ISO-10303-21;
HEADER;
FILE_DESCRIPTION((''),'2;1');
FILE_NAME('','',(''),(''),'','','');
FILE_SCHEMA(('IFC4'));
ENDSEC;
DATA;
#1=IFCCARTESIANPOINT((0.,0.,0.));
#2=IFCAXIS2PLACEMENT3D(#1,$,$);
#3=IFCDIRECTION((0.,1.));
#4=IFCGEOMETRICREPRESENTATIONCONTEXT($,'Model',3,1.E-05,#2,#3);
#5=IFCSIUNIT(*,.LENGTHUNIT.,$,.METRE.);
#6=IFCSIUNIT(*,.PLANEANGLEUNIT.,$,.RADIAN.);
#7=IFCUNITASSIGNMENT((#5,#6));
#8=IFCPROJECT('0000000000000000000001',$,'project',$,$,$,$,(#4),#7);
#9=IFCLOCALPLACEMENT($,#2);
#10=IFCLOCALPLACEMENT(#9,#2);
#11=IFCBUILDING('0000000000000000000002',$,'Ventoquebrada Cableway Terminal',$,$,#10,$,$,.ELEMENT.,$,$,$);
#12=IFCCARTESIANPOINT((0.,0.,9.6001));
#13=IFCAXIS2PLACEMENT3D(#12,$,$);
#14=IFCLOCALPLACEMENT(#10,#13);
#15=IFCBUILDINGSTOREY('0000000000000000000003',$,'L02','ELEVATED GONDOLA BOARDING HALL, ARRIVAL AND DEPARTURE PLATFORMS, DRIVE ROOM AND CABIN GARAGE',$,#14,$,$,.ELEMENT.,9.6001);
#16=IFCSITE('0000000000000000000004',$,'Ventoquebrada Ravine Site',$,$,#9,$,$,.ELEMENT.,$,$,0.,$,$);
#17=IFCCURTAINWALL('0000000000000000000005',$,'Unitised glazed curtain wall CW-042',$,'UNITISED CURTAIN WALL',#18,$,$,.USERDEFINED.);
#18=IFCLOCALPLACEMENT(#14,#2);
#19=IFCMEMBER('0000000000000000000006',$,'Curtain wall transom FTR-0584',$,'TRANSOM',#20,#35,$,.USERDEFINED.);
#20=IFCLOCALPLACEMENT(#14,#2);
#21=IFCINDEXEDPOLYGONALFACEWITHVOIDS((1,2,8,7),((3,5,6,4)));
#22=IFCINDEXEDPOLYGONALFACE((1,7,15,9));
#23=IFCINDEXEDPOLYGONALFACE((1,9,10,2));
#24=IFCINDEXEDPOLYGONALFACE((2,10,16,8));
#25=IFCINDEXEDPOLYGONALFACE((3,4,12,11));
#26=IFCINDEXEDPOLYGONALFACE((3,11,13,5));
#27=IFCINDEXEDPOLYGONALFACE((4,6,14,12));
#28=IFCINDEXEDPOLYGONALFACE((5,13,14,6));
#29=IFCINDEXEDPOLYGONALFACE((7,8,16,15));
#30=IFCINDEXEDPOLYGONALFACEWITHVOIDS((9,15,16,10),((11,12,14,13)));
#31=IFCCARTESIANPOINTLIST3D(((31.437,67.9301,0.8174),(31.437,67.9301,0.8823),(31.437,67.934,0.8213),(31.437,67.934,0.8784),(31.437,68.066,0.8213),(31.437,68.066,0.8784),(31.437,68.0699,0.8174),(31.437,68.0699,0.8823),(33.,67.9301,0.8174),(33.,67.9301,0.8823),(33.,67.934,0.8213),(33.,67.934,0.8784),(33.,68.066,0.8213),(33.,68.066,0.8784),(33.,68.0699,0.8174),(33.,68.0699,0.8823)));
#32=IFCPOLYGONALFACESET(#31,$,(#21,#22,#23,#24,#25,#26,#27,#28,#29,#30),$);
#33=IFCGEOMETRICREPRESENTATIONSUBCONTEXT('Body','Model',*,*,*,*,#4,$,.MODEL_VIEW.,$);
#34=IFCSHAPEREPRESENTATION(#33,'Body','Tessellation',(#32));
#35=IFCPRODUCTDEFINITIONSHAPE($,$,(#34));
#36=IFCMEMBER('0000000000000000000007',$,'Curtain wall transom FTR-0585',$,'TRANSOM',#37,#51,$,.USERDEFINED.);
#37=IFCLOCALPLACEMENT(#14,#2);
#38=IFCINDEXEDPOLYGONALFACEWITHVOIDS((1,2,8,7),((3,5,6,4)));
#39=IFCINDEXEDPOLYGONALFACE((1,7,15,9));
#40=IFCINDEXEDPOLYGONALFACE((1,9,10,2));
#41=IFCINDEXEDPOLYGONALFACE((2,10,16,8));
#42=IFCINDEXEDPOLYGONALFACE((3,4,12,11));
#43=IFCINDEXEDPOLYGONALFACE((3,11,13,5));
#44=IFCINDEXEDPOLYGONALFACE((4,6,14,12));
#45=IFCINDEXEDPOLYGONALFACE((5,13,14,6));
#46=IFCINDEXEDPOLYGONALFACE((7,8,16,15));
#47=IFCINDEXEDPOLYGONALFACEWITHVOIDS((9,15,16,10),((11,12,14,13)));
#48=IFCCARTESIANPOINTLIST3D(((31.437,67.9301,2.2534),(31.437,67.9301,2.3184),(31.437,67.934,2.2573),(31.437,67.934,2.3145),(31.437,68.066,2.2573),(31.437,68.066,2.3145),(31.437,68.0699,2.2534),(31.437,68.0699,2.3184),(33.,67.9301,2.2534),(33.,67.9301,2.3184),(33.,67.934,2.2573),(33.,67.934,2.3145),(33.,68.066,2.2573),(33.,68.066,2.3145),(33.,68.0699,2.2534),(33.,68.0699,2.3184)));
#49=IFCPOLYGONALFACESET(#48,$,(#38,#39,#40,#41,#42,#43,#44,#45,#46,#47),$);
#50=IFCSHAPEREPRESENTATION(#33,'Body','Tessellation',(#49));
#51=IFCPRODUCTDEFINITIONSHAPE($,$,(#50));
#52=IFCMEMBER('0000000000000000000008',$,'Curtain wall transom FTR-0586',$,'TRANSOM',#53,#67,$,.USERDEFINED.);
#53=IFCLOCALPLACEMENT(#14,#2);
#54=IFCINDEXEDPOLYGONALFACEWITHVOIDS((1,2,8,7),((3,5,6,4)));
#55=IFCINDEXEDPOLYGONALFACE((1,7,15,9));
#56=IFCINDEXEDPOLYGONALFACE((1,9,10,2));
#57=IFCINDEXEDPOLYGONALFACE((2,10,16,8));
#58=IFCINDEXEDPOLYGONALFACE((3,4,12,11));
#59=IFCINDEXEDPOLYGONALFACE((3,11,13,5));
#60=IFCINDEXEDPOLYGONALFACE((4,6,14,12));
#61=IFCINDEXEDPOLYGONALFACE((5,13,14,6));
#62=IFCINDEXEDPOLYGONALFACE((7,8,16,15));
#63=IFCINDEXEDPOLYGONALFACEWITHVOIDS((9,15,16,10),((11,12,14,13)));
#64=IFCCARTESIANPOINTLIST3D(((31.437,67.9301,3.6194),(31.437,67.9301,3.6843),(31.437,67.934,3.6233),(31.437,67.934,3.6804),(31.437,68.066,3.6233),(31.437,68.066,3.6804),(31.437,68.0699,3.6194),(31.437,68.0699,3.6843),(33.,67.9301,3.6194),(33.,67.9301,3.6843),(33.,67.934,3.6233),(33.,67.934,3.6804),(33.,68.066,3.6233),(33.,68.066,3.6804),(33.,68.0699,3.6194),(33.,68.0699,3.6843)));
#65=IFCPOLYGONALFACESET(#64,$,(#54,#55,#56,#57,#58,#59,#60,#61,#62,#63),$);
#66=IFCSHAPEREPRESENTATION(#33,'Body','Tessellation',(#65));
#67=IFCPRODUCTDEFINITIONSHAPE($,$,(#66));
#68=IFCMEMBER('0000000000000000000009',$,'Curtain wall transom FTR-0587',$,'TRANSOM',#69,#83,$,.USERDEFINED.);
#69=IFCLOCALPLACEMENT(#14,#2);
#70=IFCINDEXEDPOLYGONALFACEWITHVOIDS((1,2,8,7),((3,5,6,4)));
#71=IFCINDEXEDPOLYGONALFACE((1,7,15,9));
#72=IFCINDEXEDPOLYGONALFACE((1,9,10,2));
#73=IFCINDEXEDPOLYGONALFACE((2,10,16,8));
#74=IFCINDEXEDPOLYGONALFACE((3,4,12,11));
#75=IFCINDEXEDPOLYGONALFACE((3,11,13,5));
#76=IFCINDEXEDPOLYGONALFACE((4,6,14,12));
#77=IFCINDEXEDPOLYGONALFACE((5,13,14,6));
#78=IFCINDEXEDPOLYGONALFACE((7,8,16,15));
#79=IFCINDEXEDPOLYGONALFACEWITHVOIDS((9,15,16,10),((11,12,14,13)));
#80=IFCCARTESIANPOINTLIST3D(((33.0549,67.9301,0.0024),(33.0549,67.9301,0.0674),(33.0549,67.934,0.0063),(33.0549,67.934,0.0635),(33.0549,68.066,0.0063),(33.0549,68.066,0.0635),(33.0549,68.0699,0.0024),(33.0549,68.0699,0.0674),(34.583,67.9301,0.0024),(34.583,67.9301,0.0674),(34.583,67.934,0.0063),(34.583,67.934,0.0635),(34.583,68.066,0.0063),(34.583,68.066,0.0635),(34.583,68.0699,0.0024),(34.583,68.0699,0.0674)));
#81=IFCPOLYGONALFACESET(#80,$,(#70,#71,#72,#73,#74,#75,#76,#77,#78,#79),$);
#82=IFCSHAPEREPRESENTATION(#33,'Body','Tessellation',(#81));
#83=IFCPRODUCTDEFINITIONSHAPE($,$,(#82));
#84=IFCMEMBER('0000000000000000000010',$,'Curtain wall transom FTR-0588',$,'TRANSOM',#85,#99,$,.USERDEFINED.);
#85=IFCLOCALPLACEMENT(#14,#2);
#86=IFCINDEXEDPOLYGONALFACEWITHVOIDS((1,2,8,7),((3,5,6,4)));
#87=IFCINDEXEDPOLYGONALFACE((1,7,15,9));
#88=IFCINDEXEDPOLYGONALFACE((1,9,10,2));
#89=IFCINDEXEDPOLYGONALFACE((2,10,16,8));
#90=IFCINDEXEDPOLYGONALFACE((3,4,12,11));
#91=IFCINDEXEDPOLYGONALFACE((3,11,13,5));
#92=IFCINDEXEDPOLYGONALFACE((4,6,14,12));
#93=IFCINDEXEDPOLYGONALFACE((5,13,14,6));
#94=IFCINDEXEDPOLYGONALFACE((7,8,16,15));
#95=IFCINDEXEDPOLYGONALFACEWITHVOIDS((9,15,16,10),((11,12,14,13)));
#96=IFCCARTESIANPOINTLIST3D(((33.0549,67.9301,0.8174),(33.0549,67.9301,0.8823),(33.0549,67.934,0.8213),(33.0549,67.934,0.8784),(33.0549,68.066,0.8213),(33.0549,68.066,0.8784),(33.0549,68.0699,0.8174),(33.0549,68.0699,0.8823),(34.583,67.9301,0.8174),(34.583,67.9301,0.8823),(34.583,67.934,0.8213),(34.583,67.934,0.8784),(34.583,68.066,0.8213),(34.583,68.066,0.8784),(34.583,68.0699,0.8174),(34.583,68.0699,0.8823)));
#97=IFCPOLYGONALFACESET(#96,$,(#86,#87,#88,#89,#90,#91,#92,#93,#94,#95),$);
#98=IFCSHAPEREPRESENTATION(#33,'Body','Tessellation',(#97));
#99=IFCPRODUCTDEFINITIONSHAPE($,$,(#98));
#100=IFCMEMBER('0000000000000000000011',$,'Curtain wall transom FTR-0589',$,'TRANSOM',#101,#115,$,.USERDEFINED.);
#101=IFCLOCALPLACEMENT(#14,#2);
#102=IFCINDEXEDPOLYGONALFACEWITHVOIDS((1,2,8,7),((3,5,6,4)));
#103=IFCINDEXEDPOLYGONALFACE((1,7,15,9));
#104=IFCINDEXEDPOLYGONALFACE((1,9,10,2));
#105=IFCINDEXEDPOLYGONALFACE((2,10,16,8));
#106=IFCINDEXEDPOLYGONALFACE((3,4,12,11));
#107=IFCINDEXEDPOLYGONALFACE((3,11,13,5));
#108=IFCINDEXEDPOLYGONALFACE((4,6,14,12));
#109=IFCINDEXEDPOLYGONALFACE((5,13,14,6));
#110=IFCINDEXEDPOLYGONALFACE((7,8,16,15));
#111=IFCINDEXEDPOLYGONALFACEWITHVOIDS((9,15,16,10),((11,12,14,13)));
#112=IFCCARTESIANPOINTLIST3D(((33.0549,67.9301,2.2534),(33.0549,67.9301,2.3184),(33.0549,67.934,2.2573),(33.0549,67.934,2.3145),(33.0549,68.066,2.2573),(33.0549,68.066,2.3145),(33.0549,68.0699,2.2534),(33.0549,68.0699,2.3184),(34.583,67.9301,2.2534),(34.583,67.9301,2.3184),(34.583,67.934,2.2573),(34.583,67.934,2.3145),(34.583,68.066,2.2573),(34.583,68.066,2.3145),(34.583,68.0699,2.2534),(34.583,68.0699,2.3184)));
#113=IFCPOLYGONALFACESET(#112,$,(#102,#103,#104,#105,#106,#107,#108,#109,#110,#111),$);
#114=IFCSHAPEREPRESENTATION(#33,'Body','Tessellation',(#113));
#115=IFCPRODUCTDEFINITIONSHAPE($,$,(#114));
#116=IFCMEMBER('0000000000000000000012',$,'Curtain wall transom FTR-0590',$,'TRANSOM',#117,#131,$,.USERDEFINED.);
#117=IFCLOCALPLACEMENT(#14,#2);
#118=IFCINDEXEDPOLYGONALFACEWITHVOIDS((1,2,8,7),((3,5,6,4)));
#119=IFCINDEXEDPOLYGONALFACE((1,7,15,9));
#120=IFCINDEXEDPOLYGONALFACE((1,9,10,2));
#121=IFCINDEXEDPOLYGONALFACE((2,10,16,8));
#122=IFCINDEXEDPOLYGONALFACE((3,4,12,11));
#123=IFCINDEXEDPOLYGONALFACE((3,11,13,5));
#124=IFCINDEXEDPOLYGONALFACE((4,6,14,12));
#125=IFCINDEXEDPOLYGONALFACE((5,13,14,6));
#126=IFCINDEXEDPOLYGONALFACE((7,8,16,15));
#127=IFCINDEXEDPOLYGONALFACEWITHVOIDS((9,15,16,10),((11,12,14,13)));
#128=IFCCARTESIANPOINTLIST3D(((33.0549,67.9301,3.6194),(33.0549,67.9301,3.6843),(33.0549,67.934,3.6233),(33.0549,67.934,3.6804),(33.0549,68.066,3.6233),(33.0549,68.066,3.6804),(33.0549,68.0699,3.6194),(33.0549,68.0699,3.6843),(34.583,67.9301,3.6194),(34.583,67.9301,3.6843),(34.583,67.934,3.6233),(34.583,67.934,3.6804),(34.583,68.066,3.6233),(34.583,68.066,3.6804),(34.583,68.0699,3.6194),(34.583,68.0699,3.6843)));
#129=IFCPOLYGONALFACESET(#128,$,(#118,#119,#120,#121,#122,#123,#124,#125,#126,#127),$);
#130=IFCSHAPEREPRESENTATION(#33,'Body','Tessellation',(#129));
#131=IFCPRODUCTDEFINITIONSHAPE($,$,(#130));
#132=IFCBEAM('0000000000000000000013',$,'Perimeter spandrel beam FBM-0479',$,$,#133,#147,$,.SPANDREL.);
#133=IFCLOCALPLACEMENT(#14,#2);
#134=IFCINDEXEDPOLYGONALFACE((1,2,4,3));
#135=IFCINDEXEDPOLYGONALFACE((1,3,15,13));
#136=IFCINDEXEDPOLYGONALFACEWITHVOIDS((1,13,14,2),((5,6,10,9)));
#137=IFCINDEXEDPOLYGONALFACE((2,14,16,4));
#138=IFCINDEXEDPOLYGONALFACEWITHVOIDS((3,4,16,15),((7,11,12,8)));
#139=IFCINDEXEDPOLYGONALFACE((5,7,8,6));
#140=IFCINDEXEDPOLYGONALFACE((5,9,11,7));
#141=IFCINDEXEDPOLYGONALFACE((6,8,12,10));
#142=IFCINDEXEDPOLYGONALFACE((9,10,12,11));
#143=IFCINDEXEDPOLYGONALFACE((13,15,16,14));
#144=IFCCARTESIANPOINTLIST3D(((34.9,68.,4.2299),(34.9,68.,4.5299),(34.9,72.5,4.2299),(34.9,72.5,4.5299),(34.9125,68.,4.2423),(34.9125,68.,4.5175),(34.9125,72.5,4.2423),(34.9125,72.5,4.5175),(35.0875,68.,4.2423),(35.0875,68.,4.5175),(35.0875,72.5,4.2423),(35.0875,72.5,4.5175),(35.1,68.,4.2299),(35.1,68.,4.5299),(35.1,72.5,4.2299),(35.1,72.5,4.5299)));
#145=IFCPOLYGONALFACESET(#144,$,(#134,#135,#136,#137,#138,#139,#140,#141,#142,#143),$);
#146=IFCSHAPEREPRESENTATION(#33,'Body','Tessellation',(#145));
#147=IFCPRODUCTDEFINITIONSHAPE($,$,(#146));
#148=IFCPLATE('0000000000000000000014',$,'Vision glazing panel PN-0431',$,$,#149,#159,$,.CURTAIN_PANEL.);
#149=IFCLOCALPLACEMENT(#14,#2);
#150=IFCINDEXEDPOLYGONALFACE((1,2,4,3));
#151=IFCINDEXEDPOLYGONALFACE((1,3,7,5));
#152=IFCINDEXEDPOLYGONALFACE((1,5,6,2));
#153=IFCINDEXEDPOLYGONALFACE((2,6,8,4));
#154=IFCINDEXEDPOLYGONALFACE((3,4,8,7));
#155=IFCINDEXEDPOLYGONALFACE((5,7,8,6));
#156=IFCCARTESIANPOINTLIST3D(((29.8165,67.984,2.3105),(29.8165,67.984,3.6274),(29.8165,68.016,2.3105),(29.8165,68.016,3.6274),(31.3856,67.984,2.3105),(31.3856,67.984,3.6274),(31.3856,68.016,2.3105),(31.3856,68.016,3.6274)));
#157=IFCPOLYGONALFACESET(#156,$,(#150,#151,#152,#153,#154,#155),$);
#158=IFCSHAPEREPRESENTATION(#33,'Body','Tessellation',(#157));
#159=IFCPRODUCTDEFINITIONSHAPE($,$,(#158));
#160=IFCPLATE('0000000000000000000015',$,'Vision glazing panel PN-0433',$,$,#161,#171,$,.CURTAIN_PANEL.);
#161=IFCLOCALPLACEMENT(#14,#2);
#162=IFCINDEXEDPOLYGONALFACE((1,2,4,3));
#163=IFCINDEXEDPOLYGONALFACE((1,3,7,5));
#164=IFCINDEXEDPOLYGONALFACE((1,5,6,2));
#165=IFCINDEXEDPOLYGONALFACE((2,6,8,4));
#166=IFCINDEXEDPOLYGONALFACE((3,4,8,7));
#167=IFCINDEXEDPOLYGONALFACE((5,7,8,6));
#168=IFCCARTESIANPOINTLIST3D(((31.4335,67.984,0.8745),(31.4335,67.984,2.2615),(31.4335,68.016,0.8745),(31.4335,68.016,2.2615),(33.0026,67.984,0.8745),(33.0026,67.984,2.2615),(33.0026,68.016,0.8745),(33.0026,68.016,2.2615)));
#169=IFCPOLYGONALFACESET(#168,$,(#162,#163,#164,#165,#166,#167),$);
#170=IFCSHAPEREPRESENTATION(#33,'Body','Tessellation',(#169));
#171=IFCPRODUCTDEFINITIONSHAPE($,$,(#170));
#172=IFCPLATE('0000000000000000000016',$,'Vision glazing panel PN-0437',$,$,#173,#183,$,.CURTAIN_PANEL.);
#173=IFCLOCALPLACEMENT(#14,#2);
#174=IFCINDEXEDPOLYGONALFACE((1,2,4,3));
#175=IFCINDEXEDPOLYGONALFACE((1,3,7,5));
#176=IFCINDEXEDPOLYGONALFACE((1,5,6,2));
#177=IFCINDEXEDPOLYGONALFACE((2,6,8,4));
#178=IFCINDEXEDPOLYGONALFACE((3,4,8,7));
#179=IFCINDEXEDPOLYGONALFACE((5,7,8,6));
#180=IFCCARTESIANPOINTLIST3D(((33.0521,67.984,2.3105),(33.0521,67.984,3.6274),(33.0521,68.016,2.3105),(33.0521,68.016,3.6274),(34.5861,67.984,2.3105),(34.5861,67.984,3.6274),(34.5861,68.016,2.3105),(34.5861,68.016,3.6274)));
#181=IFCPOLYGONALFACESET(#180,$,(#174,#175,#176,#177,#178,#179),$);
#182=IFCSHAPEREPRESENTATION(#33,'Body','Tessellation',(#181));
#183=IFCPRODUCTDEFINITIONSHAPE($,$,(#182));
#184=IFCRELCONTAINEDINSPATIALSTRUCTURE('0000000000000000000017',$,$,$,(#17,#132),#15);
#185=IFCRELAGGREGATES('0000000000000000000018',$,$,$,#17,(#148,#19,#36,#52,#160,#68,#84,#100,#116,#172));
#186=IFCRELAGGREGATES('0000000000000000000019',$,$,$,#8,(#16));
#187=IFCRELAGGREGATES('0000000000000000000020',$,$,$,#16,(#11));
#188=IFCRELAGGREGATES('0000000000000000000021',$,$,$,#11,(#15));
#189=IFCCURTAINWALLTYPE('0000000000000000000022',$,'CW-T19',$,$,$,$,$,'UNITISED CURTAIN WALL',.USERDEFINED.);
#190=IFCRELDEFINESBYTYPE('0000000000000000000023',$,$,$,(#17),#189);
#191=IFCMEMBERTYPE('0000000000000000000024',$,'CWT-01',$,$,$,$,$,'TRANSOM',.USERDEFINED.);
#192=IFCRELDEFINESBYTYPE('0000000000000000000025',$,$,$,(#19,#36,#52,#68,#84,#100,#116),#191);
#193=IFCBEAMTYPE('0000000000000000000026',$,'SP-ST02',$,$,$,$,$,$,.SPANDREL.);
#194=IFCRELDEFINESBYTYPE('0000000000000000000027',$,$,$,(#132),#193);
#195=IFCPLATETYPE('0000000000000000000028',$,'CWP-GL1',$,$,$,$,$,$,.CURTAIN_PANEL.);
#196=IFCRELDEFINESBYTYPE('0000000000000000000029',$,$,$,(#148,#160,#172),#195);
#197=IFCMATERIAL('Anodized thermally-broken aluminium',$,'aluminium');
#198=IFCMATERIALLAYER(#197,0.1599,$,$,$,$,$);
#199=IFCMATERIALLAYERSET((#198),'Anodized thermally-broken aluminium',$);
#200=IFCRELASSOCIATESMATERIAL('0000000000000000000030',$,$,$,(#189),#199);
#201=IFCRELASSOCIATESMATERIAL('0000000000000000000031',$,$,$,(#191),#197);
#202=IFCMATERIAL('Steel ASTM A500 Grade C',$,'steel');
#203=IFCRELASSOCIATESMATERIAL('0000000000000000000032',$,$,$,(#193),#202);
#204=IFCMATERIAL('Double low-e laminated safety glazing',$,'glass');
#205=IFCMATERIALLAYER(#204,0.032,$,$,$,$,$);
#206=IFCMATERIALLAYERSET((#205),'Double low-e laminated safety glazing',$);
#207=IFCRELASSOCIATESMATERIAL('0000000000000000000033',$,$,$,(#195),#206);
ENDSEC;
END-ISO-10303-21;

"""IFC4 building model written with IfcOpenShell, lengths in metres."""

from ifc_helpers import new_model, si_unit, direction, frame, origin, origin_2d, place, context, subcontext, project, spatial, rectangle, hollow_rectangle, extrude, material, layer, layer_set, material_profile, profile_set, type_object, element, aggregate, save


model = new_model("IFC4")

# Units and contexts
model_context = context("Model", 3, precision=1e-05, world=origin(), true_north=direction((0.0, 1.0)))
body_context = subcontext(model_context, "Body", "Model", "MODEL_VIEW")
ifc_project = project(units=[si_unit("LENGTHUNIT", "METRE"), si_unit("PLANEANGLEUNIT", "RADIAN")], contexts=[model_context])

# Site, building, storey
site_placement = place(None, origin())
site = spatial("IfcSite", under=ifc_project, at=site_placement, Name="Ventoquebrada Ravine Site", CompositionType="ELEMENT", RefElevation=0.0)
building_placement = place(site_placement, origin())
building = spatial("IfcBuilding", under=site, at=building_placement, Name="Ventoquebrada Cableway Terminal", CompositionType="ELEMENT")
storey_placement = place(building_placement, frame((0.0, 0.0, 9.6001)))
storey = spatial("IfcBuildingStorey", under=building, at=storey_placement, Name="L02", Description="ELEVATED GONDOLA BOARDING HALL, ARRIVAL AND DEPARTURE PLATFORMS, DRIVE ROOM AND CABIN GARAGE", CompositionType="ELEMENT", Elevation=9.6001)

# Curtain wall
ifc_material_1 = material(Name="Anodized thermally-broken aluminium", Category="aluminium")
ifc_layer_1 = layer(ifc_material_1, 0.1599)
ifc_layer_set_1 = layer_set([ifc_layer_1], Name="Anodized thermally-broken aluminium")
curtain_wall_type_1 = type_object("IfcCurtainWallType", Name="CW-T19", ElementType="UNITISED CURTAIN WALL", PredefinedType="USERDEFINED", material=ifc_layer_set_1)
curtain_wall_1_placement = place(storey_placement, origin())
curtain_wall_1 = element("IfcCurtainWall", 1, at=curtain_wall_1_placement, inside=storey, type_object=curtain_wall_type_1, Name="Unitised glazed curtain wall CW-042", ObjectType="UNITISED CURTAIN WALL", PredefinedType="USERDEFINED")

# Members
ifc_material_profile_1 = material_profile(ifc_material_1, hollow_rectangle(XDim=0.0649, YDim=0.1399, WallThickness=0.0039, at=origin_2d()), Name="CW-TRN-65X140")
ifc_profile_set_1 = profile_set([ifc_material_profile_1], Name="Anodized thermally-broken aluminium")
member_type_1 = type_object("IfcMemberType", Name="CWT-01", ElementType="TRANSOM", PredefinedType="USERDEFINED", material=ifc_profile_set_1)
member_1_placement = place(storey_placement, frame((31.437, 68.0, 0.8499), z_axis=(1.0, 0.0, 0.0), x_axis=(0.0, 0.0, 1.0)))
member_1 = element("IfcMember", 2, at=member_1_placement, type_object=member_type_1, Name="Curtain wall transom FTR-0584", ObjectType="TRANSOM", PredefinedType="USERDEFINED", context=body_context, shape_type="SweptSolid", body=[
    extrude(hollow_rectangle(XDim=0.0649, YDim=0.1399, WallThickness=0.0039, at=origin_2d()), origin(), (0.0, 0.0, 1.0), 1.563),
])
member_2_placement = place(storey_placement, frame((31.437, 68.0, 2.2859), z_axis=(1.0, 0.0, 0.0), x_axis=(0.0, 0.0, 1.0)))
member_2 = element("IfcMember", 3, at=member_2_placement, type_object=member_type_1, Name="Curtain wall transom FTR-0585", ObjectType="TRANSOM", PredefinedType="USERDEFINED", context=body_context, shape_type="SweptSolid", body=[
    extrude(hollow_rectangle(XDim=0.0649, YDim=0.1399, WallThickness=0.0039, at=origin_2d()), origin(), (0.0, 0.0, 1.0), 1.563),
])
member_3_placement = place(storey_placement, frame((31.437, 68.0, 3.6519), z_axis=(1.0, 0.0, 0.0), x_axis=(0.0, 0.0, 1.0)))
member_3 = element("IfcMember", 4, at=member_3_placement, type_object=member_type_1, Name="Curtain wall transom FTR-0586", ObjectType="TRANSOM", PredefinedType="USERDEFINED", context=body_context, shape_type="SweptSolid", body=[
    extrude(hollow_rectangle(XDim=0.0649, YDim=0.1399, WallThickness=0.0039, at=origin_2d()), origin(), (0.0, 0.0, 1.0), 1.563),
])
member_4_placement = place(storey_placement, frame((33.0549, 68.0, 0.0349), z_axis=(1.0, 0.0, 0.0), x_axis=(0.0, 0.0, 1.0)))
member_4 = element("IfcMember", 5, at=member_4_placement, type_object=member_type_1, Name="Curtain wall transom FTR-0587", ObjectType="TRANSOM", PredefinedType="USERDEFINED", context=body_context, shape_type="SweptSolid", body=[
    extrude(hollow_rectangle(XDim=0.0649, YDim=0.1399, WallThickness=0.0039, at=origin_2d()), origin(), (0.0, 0.0, 1.0), 1.5281),
])
member_5_placement = place(storey_placement, frame((33.0549, 68.0, 0.8499), z_axis=(1.0, 0.0, 0.0), x_axis=(0.0, 0.0, 1.0)))
member_5 = element("IfcMember", 6, at=member_5_placement, type_object=member_type_1, Name="Curtain wall transom FTR-0588", ObjectType="TRANSOM", PredefinedType="USERDEFINED", context=body_context, shape_type="SweptSolid", body=[
    extrude(hollow_rectangle(XDim=0.0649, YDim=0.1399, WallThickness=0.0039, at=origin_2d()), origin(), (0.0, 0.0, 1.0), 1.5281),
])
member_6_placement = place(storey_placement, frame((33.0549, 68.0, 2.2859), z_axis=(1.0, 0.0, 0.0), x_axis=(0.0, 0.0, 1.0)))
member_6 = element("IfcMember", 7, at=member_6_placement, type_object=member_type_1, Name="Curtain wall transom FTR-0589", ObjectType="TRANSOM", PredefinedType="USERDEFINED", context=body_context, shape_type="SweptSolid", body=[
    extrude(hollow_rectangle(XDim=0.0649, YDim=0.1399, WallThickness=0.0039, at=origin_2d()), origin(), (0.0, 0.0, 1.0), 1.5281),
])
member_7_placement = place(storey_placement, frame((33.0549, 68.0, 3.6519), z_axis=(1.0, 0.0, 0.0), x_axis=(0.0, 0.0, 1.0)))
member_7 = element("IfcMember", 8, at=member_7_placement, type_object=member_type_1, Name="Curtain wall transom FTR-0590", ObjectType="TRANSOM", PredefinedType="USERDEFINED", context=body_context, shape_type="SweptSolid", body=[
    extrude(hollow_rectangle(XDim=0.0649, YDim=0.1399, WallThickness=0.0039, at=origin_2d()), origin(), (0.0, 0.0, 1.0), 1.5281),
])

# Beam
ifc_material_2 = material(Name="Steel ASTM A500 Grade C", Category="steel")
ifc_material_profile_2 = material_profile(ifc_material_2, hollow_rectangle(XDim=0.2, YDim=0.3, WallThickness=0.0125, at=origin_2d()), Name="RHS300X200X12.5")
ifc_profile_set_2 = profile_set([ifc_material_profile_2], Name="Steel ASTM A500 Grade C")
beam_type = type_object("IfcBeamType", Name="SP-ST02", PredefinedType="SPANDREL", material=ifc_profile_set_2)
beam_placement = place(storey_placement, frame((35.0, 68.0, 4.3799), z_axis=(0.0, 1.0, 0.0), x_axis=(-1.0, 0.0, 0.0)))
element("IfcBeam", 9, at=beam_placement, inside=storey, type_object=beam_type, Name="Perimeter spandrel beam FBM-0479", PredefinedType="SPANDREL", context=body_context, shape_type="SweptSolid", body=[
    extrude(hollow_rectangle(XDim=0.2, YDim=0.3, WallThickness=0.0125, at=origin_2d()), origin(), (0.0, 0.0, 1.0), 4.5),
])

# Plates
ifc_material_3 = material(Name="Double low-e laminated safety glazing", Category="glass")
ifc_layer_2 = layer(ifc_material_3, 0.032)
ifc_layer_set_2 = layer_set([ifc_layer_2], Name="Double low-e laminated safety glazing")
plate_type_1 = type_object("IfcPlateType", Name="CWP-GL1", PredefinedType="CURTAIN_PANEL", material=ifc_layer_set_2)
plate_1_placement = place(storey_placement, frame((30.6011, 68.0, 2.3105), z_axis=(0.0, 0.0, 1.0), x_axis=(1.0, 0.0, 0.0)))
plate_1 = element("IfcPlate", 10, at=plate_1_placement, type_object=plate_type_1, Name="Vision glazing panel PN-0431", PredefinedType="CURTAIN_PANEL", context=body_context, shape_type="SweptSolid", body=[
    extrude(rectangle(XDim=1.5691, YDim=0.032, at=origin_2d()), origin(), (0.0, 0.0, 1.0), 1.3169),
])
plate_2_placement = place(storey_placement, frame((32.218, 68.0, 0.8745), z_axis=(0.0, 0.0, 1.0), x_axis=(1.0, 0.0, 0.0)))
plate_2 = element("IfcPlate", 11, at=plate_2_placement, type_object=plate_type_1, Name="Vision glazing panel PN-0433", PredefinedType="CURTAIN_PANEL", context=body_context, shape_type="SweptSolid", body=[
    extrude(rectangle(XDim=1.5691, YDim=0.032, at=origin_2d()), origin(), (0.0, 0.0, 1.0), 1.387),
])
plate_3_placement = place(storey_placement, frame((33.8191, 68.0, 2.3105), z_axis=(0.0, 0.0, 1.0), x_axis=(1.0, 0.0, 0.0)))
plate_3 = element("IfcPlate", 12, at=plate_3_placement, type_object=plate_type_1, Name="Vision glazing panel PN-0437", PredefinedType="CURTAIN_PANEL", context=body_context, shape_type="SweptSolid", body=[
    extrude(rectangle(XDim=1.5339, YDim=0.032, at=origin_2d()), origin(), (0.0, 0.0, 1.0), 1.3169),
])
aggregate(curtain_wall_1, [plate_1, member_1, member_2, member_3, plate_2, member_4, member_5, member_6, member_7, plate_3])

save(model, "model.ifc")
